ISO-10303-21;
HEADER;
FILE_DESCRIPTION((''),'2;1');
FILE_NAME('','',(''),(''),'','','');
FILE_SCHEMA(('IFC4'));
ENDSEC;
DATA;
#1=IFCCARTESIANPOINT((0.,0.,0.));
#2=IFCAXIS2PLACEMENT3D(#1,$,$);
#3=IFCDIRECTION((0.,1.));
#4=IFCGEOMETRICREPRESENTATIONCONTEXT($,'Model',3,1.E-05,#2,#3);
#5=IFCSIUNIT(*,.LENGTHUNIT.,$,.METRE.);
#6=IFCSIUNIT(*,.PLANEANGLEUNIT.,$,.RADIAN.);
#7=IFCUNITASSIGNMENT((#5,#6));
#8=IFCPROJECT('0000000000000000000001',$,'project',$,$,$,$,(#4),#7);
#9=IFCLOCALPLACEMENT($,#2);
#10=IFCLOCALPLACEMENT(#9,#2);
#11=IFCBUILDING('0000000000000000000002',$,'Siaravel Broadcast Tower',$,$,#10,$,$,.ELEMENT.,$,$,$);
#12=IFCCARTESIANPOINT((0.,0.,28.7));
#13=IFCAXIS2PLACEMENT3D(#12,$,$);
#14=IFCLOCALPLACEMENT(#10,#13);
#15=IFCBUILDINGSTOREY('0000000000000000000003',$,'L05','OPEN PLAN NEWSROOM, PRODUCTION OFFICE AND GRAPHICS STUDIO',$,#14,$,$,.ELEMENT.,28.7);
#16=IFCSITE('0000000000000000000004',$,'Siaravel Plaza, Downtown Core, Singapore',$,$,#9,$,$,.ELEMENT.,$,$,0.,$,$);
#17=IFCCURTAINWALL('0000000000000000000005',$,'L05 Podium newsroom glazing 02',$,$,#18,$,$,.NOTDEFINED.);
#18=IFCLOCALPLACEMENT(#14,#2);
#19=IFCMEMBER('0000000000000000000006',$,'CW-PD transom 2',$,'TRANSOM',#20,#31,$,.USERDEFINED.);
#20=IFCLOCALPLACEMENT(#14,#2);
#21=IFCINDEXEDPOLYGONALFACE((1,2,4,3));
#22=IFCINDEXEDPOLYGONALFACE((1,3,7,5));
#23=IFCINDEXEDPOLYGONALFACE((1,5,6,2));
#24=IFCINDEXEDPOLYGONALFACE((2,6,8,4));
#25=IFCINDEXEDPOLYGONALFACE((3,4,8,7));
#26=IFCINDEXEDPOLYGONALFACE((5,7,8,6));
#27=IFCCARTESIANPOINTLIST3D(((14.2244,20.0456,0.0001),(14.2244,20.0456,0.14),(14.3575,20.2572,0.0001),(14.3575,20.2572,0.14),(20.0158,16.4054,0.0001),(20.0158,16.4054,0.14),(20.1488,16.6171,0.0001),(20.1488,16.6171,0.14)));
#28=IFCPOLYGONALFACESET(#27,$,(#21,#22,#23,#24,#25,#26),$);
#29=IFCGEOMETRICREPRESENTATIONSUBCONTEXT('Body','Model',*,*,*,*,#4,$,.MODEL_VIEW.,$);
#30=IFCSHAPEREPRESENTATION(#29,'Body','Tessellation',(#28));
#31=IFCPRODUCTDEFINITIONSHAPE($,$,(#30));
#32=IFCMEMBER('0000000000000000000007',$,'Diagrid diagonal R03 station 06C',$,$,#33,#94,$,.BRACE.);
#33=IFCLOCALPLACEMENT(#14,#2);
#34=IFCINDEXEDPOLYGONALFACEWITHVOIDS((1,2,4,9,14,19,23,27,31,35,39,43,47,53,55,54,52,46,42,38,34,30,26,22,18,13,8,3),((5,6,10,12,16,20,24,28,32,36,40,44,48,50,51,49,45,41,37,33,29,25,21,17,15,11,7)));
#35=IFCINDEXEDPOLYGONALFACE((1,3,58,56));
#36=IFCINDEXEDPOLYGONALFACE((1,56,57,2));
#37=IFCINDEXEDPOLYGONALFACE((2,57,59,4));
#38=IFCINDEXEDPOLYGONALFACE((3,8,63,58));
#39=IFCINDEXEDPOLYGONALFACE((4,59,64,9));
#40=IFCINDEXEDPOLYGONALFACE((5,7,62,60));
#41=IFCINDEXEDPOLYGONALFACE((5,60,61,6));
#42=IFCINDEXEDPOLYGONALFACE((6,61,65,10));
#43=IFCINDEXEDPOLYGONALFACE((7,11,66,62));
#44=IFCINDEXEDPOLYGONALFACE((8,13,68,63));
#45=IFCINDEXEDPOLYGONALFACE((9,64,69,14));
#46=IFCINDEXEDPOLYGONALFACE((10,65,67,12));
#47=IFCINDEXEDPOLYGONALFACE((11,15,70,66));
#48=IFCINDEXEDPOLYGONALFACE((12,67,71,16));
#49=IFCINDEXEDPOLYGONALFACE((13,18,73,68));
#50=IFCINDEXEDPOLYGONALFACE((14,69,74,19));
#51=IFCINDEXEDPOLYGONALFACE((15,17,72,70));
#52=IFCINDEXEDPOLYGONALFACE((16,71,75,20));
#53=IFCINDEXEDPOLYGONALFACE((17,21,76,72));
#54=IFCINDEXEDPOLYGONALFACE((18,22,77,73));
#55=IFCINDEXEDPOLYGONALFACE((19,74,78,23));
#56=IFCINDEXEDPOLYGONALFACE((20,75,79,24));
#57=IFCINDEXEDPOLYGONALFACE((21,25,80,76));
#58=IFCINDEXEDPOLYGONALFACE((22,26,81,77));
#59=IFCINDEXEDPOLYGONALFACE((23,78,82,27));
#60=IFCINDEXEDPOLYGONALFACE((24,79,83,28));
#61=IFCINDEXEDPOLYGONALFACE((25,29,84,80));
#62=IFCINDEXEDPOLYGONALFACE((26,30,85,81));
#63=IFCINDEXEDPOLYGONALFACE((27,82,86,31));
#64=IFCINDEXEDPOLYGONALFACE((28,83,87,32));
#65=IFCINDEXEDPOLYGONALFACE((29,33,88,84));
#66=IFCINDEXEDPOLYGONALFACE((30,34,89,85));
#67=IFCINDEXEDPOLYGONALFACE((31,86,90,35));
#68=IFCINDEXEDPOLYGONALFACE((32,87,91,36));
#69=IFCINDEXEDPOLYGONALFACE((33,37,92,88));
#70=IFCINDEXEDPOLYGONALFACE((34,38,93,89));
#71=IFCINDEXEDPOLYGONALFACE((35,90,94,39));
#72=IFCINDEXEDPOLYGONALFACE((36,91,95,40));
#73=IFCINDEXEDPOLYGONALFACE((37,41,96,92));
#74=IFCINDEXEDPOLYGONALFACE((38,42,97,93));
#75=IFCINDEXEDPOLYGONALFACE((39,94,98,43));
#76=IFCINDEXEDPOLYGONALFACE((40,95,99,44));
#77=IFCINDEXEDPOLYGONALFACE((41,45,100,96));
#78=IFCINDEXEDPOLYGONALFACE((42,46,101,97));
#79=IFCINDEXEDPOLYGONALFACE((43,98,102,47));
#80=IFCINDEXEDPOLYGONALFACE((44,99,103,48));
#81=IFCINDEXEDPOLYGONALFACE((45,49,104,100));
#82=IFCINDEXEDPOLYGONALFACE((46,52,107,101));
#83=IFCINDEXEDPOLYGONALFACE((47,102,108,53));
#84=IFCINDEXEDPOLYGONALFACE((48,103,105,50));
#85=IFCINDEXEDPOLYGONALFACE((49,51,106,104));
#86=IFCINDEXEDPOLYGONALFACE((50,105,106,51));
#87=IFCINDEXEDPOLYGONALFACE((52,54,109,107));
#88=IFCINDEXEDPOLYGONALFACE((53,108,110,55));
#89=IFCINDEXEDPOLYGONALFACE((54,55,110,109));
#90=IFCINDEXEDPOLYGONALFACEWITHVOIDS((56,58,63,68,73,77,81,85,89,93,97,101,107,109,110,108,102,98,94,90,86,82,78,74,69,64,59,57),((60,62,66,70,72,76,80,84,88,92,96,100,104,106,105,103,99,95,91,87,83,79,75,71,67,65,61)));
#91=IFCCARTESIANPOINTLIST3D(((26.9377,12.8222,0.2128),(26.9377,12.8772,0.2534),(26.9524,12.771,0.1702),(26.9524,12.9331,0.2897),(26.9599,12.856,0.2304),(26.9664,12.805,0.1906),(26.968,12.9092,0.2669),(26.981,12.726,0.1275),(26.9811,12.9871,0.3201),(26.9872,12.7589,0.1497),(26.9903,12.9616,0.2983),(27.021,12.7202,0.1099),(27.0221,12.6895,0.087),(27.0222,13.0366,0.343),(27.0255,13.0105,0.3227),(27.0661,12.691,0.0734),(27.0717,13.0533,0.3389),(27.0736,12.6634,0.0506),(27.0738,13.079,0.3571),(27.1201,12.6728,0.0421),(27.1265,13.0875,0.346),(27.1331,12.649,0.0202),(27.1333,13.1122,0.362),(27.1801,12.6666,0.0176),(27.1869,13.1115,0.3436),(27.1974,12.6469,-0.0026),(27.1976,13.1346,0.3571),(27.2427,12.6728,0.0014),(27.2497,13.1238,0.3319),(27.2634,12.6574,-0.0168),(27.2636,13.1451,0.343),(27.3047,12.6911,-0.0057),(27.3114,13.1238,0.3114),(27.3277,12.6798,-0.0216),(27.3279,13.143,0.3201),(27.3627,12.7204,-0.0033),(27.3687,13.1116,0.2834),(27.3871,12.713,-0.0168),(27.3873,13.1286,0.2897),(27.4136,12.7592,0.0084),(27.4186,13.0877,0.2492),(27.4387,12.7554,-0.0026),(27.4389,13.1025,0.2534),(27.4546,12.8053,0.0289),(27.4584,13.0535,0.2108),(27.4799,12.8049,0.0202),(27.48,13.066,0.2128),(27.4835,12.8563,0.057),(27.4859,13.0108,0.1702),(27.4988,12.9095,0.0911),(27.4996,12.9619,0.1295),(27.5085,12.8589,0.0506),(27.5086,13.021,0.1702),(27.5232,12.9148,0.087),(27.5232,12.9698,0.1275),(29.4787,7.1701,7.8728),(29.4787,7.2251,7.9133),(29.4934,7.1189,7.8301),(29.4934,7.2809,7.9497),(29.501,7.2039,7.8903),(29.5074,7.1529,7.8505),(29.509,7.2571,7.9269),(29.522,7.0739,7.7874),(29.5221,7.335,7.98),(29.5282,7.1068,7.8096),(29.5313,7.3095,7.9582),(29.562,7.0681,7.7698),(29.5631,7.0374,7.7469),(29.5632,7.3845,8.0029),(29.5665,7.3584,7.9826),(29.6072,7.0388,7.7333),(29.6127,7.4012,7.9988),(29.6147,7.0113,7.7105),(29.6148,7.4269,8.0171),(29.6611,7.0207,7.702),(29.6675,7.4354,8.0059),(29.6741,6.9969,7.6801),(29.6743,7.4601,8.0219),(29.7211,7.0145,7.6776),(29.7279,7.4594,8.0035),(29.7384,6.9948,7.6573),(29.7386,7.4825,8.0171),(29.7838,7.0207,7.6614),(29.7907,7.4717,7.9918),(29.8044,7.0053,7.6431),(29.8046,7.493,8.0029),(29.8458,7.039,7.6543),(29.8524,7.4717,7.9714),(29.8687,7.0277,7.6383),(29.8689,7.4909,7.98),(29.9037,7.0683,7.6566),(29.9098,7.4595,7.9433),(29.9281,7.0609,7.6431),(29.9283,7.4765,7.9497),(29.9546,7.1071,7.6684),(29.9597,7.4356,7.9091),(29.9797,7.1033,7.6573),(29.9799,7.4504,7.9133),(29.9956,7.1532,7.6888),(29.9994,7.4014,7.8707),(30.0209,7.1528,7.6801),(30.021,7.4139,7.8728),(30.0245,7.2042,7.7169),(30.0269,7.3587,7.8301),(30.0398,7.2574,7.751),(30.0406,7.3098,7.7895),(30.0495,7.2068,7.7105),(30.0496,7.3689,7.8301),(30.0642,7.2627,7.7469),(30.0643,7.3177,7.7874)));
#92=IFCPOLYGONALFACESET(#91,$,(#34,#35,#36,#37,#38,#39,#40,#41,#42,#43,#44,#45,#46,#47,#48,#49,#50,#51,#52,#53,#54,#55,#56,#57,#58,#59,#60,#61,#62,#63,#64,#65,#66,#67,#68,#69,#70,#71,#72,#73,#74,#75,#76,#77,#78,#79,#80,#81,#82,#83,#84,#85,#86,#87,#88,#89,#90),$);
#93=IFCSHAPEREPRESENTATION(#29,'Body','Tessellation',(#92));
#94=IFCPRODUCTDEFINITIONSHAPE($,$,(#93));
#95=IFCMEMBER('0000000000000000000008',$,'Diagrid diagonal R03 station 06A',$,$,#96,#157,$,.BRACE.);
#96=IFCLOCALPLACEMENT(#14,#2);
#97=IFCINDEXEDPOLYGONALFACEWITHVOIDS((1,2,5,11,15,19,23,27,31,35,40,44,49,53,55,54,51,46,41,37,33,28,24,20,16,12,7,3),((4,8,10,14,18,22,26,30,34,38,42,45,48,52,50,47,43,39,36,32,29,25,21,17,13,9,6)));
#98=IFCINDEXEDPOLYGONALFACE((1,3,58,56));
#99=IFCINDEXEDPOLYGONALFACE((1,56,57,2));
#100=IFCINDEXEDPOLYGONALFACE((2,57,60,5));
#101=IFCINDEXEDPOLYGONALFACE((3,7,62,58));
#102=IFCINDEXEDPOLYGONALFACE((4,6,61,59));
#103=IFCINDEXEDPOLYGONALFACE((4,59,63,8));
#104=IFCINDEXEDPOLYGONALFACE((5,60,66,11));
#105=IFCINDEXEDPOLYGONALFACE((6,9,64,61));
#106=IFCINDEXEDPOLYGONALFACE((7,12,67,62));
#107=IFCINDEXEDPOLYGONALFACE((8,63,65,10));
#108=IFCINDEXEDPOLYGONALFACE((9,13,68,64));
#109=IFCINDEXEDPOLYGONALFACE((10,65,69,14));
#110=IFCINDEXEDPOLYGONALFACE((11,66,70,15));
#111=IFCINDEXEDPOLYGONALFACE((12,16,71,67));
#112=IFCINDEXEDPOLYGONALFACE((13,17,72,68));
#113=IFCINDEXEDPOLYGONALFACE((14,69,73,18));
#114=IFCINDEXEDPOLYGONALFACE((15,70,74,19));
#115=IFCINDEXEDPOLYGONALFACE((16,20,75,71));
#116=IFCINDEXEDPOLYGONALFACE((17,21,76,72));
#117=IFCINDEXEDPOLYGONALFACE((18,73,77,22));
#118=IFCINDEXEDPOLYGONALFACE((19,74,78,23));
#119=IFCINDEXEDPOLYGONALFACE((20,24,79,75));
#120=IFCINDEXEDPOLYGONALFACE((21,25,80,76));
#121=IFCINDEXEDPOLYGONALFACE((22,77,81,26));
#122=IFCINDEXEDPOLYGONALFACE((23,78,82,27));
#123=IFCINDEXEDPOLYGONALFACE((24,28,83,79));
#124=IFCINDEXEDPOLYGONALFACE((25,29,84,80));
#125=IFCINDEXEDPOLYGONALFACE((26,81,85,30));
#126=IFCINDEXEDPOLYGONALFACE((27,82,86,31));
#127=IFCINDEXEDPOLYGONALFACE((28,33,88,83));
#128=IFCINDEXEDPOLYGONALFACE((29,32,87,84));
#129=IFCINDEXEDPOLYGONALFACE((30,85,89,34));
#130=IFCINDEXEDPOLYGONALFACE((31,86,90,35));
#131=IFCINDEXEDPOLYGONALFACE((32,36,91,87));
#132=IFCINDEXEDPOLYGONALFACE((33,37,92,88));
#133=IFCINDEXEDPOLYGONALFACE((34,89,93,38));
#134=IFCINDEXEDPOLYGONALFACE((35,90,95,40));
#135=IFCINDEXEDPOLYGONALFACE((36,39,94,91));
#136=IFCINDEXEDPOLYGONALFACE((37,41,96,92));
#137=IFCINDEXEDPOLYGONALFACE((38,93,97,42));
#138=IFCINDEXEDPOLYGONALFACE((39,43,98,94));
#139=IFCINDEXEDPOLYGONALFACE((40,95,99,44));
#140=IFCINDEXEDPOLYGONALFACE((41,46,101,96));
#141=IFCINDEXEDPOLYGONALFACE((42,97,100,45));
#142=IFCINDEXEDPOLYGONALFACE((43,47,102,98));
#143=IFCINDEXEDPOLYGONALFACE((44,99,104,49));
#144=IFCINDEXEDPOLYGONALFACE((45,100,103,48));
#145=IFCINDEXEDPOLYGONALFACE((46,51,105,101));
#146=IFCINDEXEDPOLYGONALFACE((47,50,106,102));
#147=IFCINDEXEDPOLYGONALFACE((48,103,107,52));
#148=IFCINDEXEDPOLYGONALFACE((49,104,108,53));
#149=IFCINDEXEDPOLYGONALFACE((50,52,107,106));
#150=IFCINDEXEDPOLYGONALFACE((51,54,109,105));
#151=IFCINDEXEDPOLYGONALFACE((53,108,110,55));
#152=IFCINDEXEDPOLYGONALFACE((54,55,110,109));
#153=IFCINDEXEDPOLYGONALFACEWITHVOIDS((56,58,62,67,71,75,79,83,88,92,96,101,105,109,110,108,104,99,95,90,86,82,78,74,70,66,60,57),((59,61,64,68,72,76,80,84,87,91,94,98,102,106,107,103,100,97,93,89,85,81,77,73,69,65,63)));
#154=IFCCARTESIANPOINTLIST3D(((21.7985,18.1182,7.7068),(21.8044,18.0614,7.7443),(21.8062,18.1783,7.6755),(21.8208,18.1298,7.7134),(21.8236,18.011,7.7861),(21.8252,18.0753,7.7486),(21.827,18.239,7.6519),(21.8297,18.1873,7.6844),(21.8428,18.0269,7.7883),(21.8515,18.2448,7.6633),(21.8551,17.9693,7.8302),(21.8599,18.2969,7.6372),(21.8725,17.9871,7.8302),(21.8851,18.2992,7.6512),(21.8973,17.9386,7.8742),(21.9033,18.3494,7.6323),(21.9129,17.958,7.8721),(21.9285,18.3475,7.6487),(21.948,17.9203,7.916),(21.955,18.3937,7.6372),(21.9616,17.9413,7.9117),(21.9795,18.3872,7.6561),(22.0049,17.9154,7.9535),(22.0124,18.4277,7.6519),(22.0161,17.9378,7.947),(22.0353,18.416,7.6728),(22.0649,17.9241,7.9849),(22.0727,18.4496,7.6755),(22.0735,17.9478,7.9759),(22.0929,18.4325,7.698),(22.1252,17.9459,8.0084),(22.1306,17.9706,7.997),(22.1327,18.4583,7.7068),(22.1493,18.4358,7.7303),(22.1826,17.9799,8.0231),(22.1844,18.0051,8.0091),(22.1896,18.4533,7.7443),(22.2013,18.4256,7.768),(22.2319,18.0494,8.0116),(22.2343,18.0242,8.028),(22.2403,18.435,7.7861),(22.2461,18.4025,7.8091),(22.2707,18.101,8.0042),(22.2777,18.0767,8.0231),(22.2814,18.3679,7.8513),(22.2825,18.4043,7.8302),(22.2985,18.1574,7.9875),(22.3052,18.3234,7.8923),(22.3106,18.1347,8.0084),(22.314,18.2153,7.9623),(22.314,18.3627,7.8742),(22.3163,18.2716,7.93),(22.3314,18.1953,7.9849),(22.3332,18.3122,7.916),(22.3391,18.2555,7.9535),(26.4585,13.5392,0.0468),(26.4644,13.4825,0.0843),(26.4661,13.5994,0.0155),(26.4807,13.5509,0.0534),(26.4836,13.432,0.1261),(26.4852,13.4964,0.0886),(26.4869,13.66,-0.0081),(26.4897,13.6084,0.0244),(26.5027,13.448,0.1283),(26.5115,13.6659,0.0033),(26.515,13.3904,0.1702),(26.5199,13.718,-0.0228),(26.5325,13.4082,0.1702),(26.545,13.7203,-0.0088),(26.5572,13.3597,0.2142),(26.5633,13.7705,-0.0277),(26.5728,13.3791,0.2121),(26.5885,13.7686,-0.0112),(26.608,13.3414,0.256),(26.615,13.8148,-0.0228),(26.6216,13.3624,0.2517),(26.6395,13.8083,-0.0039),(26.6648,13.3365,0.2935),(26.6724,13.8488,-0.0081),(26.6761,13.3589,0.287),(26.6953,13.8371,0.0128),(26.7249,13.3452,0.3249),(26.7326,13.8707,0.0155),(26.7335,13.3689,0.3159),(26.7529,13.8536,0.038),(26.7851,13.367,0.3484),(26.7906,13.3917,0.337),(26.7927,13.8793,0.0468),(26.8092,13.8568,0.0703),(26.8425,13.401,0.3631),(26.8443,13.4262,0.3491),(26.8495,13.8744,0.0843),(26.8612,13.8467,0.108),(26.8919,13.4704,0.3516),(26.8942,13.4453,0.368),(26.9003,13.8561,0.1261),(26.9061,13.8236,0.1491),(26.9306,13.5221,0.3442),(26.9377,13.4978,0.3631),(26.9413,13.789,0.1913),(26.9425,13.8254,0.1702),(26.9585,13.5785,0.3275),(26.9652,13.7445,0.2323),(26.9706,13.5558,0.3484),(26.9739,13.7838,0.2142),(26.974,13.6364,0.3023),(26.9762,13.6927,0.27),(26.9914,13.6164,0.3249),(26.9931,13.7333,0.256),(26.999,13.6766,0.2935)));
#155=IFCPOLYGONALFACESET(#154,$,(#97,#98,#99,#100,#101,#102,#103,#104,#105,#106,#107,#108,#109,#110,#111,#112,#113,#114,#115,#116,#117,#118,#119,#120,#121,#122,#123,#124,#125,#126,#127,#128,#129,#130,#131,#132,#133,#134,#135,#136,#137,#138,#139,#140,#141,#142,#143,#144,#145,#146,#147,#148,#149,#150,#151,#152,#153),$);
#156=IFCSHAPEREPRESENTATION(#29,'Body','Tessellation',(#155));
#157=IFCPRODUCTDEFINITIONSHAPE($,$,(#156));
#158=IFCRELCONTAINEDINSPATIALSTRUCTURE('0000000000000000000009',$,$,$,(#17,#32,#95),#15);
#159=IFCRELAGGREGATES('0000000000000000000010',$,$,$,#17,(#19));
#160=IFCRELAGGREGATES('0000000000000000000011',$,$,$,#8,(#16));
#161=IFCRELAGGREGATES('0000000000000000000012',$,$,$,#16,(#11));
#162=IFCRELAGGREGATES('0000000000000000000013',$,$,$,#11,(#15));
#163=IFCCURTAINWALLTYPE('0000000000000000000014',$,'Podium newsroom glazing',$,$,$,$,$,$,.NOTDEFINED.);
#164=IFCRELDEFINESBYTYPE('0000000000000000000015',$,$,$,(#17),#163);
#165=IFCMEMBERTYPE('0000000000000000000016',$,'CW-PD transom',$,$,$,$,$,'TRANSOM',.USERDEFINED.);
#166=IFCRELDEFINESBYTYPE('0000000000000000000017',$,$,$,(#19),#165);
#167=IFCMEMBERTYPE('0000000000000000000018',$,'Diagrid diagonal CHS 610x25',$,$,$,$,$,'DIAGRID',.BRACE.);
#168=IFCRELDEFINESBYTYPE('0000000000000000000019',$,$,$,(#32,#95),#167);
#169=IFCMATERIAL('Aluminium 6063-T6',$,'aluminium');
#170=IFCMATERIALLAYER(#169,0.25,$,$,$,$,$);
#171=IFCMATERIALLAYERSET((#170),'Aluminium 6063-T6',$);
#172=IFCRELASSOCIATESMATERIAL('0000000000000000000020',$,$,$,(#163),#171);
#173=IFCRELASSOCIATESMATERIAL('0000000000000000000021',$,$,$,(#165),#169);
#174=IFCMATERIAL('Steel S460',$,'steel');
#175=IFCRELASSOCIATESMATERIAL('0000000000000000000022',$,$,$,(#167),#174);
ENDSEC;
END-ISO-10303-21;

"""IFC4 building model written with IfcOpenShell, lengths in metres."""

from ifc_helpers import new_model, si_unit, direction, frame, origin, origin_2d, place, context, subcontext, project, spatial, rectangle, hollow_circle, extrude, material, layer, layer_set, material_profile, profile_set, type_object, element, aggregate, save


model = new_model("IFC4")

# Units and contexts
model_context = context("Model", 3, precision=1e-05, world=origin(), true_north=direction((0.0, 1.0)))
body_context = subcontext(model_context, "Body", "Model", "MODEL_VIEW")
ifc_project = project(units=[si_unit("LENGTHUNIT", "METRE"), si_unit("PLANEANGLEUNIT", "RADIAN")], contexts=[model_context])

# Site, building, storey
site_placement = place(None, origin())
site = spatial("IfcSite", under=ifc_project, at=site_placement, Name="Siaravel Plaza, Downtown Core, Singapore", CompositionType="ELEMENT", RefElevation=0.0)
building_placement = place(site_placement, origin())
building = spatial("IfcBuilding", under=site, at=building_placement, Name="Siaravel Broadcast Tower", CompositionType="ELEMENT")
storey_placement = place(building_placement, frame((0.0, 0.0, 28.7)))
storey = spatial("IfcBuildingStorey", under=building, at=storey_placement, Name="L05", Description="OPEN PLAN NEWSROOM, PRODUCTION OFFICE AND GRAPHICS STUDIO", CompositionType="ELEMENT", Elevation=28.7)

# Shared definitions
ifc_material_1 = material(Name="Aluminium 6063-T6", Category="aluminium")
ifc_layer_1 = layer(ifc_material_1, 0.25)
ifc_layer_set_1 = layer_set([ifc_layer_1], Name="Aluminium 6063-T6")
curtain_wall_type = type_object("IfcCurtainWallType", Name="Podium newsroom glazing", PredefinedType="NOTDEFINED", material=ifc_layer_set_1)

# Curtain wall, member
curtain_wall_1_placement = place(storey_placement, origin())
curtain_wall_1 = element("IfcCurtainWall", 1, at=curtain_wall_1_placement, inside=storey, type_object=curtain_wall_type, Name="L05 Podium newsroom glazing 02", PredefinedType="NOTDEFINED")
ifc_material_profile_1 = material_profile(ifc_material_1, rectangle(XDim=0.25, YDim=0.1399, at=origin_2d()))
ifc_profile_set_1 = profile_set([ifc_material_profile_1], Name="Aluminium 6063-T6")
member_type_1 = type_object("IfcMemberType", Name="CW-PD transom", ElementType="TRANSOM", PredefinedType="USERDEFINED", material=ifc_profile_set_1)
member_1_placement = place(storey_placement, frame((20.0823, 16.5112, 0.0701), z_axis=(-0.846642, 0.532163, 0.0), x_axis=(-0.532163, -0.846642, 0.0)))
member_1 = element("IfcMember", 2, at=member_1_placement, type_object=member_type_1, Name="CW-PD transom 2", ObjectType="TRANSOM", PredefinedType="USERDEFINED", context=body_context, shape_type="SweptSolid", body=[
    extrude(rectangle(XDim=0.25, YDim=0.1399, at=origin_2d()), origin(), (0.0, 0.0, 1.0), 6.8403),
])

# Members
ifc_material_2 = material(Name="Steel S460", Category="steel")
ifc_material_profile_2 = material_profile(ifc_material_2, hollow_circle(Radius=0.3049, WallThickness=0.0249, at=origin_2d()))
ifc_profile_set_2 = profile_set([ifc_material_profile_2], Name="Steel S460")
member_type_2 = type_object("IfcMemberType", Name="Diagrid diagonal CHS 610x25", ElementType="DIAGRID", PredefinedType="BRACE", material=ifc_profile_set_2)
member_2_placement = place(storey_placement, frame((27.2305, 12.896, 0.1702), z_axis=(0.257898, -0.573655, 0.777437), x_axis=(0.912068, 0.410039, 0.0)))
element("IfcMember", 3, at=member_2_placement, inside=storey, type_object=member_type_2, Name="Diagrid diagonal R03 station 06C", PredefinedType="BRACE", context=body_context, shape_type="SweptSolid", body=[
    extrude(hollow_circle(Radius=0.3049, WallThickness=0.0249, at=origin_2d()), origin(), (0.0, 0.0, 1.0), 9.8528),
])
member_3_placement = place(storey_placement, frame((26.7288, 13.6079, 0.1702), z_axis=(-0.462866, 0.454815, 0.760854), x_axis=(-0.700876, -0.713283, 0.0)))
element("IfcMember", 4, at=member_3_placement, inside=storey, type_object=member_type_2, Name="Diagrid diagonal R03 station 06A", PredefinedType="BRACE", context=body_context, shape_type="SweptSolid", body=[
    extrude(hollow_circle(Radius=0.3049, WallThickness=0.0249, at=origin_2d()), origin(), (0.0, 0.0, 1.0), 10.0676),
])

aggregate(curtain_wall_1, [member_1])

save(model, "model.ifc")
